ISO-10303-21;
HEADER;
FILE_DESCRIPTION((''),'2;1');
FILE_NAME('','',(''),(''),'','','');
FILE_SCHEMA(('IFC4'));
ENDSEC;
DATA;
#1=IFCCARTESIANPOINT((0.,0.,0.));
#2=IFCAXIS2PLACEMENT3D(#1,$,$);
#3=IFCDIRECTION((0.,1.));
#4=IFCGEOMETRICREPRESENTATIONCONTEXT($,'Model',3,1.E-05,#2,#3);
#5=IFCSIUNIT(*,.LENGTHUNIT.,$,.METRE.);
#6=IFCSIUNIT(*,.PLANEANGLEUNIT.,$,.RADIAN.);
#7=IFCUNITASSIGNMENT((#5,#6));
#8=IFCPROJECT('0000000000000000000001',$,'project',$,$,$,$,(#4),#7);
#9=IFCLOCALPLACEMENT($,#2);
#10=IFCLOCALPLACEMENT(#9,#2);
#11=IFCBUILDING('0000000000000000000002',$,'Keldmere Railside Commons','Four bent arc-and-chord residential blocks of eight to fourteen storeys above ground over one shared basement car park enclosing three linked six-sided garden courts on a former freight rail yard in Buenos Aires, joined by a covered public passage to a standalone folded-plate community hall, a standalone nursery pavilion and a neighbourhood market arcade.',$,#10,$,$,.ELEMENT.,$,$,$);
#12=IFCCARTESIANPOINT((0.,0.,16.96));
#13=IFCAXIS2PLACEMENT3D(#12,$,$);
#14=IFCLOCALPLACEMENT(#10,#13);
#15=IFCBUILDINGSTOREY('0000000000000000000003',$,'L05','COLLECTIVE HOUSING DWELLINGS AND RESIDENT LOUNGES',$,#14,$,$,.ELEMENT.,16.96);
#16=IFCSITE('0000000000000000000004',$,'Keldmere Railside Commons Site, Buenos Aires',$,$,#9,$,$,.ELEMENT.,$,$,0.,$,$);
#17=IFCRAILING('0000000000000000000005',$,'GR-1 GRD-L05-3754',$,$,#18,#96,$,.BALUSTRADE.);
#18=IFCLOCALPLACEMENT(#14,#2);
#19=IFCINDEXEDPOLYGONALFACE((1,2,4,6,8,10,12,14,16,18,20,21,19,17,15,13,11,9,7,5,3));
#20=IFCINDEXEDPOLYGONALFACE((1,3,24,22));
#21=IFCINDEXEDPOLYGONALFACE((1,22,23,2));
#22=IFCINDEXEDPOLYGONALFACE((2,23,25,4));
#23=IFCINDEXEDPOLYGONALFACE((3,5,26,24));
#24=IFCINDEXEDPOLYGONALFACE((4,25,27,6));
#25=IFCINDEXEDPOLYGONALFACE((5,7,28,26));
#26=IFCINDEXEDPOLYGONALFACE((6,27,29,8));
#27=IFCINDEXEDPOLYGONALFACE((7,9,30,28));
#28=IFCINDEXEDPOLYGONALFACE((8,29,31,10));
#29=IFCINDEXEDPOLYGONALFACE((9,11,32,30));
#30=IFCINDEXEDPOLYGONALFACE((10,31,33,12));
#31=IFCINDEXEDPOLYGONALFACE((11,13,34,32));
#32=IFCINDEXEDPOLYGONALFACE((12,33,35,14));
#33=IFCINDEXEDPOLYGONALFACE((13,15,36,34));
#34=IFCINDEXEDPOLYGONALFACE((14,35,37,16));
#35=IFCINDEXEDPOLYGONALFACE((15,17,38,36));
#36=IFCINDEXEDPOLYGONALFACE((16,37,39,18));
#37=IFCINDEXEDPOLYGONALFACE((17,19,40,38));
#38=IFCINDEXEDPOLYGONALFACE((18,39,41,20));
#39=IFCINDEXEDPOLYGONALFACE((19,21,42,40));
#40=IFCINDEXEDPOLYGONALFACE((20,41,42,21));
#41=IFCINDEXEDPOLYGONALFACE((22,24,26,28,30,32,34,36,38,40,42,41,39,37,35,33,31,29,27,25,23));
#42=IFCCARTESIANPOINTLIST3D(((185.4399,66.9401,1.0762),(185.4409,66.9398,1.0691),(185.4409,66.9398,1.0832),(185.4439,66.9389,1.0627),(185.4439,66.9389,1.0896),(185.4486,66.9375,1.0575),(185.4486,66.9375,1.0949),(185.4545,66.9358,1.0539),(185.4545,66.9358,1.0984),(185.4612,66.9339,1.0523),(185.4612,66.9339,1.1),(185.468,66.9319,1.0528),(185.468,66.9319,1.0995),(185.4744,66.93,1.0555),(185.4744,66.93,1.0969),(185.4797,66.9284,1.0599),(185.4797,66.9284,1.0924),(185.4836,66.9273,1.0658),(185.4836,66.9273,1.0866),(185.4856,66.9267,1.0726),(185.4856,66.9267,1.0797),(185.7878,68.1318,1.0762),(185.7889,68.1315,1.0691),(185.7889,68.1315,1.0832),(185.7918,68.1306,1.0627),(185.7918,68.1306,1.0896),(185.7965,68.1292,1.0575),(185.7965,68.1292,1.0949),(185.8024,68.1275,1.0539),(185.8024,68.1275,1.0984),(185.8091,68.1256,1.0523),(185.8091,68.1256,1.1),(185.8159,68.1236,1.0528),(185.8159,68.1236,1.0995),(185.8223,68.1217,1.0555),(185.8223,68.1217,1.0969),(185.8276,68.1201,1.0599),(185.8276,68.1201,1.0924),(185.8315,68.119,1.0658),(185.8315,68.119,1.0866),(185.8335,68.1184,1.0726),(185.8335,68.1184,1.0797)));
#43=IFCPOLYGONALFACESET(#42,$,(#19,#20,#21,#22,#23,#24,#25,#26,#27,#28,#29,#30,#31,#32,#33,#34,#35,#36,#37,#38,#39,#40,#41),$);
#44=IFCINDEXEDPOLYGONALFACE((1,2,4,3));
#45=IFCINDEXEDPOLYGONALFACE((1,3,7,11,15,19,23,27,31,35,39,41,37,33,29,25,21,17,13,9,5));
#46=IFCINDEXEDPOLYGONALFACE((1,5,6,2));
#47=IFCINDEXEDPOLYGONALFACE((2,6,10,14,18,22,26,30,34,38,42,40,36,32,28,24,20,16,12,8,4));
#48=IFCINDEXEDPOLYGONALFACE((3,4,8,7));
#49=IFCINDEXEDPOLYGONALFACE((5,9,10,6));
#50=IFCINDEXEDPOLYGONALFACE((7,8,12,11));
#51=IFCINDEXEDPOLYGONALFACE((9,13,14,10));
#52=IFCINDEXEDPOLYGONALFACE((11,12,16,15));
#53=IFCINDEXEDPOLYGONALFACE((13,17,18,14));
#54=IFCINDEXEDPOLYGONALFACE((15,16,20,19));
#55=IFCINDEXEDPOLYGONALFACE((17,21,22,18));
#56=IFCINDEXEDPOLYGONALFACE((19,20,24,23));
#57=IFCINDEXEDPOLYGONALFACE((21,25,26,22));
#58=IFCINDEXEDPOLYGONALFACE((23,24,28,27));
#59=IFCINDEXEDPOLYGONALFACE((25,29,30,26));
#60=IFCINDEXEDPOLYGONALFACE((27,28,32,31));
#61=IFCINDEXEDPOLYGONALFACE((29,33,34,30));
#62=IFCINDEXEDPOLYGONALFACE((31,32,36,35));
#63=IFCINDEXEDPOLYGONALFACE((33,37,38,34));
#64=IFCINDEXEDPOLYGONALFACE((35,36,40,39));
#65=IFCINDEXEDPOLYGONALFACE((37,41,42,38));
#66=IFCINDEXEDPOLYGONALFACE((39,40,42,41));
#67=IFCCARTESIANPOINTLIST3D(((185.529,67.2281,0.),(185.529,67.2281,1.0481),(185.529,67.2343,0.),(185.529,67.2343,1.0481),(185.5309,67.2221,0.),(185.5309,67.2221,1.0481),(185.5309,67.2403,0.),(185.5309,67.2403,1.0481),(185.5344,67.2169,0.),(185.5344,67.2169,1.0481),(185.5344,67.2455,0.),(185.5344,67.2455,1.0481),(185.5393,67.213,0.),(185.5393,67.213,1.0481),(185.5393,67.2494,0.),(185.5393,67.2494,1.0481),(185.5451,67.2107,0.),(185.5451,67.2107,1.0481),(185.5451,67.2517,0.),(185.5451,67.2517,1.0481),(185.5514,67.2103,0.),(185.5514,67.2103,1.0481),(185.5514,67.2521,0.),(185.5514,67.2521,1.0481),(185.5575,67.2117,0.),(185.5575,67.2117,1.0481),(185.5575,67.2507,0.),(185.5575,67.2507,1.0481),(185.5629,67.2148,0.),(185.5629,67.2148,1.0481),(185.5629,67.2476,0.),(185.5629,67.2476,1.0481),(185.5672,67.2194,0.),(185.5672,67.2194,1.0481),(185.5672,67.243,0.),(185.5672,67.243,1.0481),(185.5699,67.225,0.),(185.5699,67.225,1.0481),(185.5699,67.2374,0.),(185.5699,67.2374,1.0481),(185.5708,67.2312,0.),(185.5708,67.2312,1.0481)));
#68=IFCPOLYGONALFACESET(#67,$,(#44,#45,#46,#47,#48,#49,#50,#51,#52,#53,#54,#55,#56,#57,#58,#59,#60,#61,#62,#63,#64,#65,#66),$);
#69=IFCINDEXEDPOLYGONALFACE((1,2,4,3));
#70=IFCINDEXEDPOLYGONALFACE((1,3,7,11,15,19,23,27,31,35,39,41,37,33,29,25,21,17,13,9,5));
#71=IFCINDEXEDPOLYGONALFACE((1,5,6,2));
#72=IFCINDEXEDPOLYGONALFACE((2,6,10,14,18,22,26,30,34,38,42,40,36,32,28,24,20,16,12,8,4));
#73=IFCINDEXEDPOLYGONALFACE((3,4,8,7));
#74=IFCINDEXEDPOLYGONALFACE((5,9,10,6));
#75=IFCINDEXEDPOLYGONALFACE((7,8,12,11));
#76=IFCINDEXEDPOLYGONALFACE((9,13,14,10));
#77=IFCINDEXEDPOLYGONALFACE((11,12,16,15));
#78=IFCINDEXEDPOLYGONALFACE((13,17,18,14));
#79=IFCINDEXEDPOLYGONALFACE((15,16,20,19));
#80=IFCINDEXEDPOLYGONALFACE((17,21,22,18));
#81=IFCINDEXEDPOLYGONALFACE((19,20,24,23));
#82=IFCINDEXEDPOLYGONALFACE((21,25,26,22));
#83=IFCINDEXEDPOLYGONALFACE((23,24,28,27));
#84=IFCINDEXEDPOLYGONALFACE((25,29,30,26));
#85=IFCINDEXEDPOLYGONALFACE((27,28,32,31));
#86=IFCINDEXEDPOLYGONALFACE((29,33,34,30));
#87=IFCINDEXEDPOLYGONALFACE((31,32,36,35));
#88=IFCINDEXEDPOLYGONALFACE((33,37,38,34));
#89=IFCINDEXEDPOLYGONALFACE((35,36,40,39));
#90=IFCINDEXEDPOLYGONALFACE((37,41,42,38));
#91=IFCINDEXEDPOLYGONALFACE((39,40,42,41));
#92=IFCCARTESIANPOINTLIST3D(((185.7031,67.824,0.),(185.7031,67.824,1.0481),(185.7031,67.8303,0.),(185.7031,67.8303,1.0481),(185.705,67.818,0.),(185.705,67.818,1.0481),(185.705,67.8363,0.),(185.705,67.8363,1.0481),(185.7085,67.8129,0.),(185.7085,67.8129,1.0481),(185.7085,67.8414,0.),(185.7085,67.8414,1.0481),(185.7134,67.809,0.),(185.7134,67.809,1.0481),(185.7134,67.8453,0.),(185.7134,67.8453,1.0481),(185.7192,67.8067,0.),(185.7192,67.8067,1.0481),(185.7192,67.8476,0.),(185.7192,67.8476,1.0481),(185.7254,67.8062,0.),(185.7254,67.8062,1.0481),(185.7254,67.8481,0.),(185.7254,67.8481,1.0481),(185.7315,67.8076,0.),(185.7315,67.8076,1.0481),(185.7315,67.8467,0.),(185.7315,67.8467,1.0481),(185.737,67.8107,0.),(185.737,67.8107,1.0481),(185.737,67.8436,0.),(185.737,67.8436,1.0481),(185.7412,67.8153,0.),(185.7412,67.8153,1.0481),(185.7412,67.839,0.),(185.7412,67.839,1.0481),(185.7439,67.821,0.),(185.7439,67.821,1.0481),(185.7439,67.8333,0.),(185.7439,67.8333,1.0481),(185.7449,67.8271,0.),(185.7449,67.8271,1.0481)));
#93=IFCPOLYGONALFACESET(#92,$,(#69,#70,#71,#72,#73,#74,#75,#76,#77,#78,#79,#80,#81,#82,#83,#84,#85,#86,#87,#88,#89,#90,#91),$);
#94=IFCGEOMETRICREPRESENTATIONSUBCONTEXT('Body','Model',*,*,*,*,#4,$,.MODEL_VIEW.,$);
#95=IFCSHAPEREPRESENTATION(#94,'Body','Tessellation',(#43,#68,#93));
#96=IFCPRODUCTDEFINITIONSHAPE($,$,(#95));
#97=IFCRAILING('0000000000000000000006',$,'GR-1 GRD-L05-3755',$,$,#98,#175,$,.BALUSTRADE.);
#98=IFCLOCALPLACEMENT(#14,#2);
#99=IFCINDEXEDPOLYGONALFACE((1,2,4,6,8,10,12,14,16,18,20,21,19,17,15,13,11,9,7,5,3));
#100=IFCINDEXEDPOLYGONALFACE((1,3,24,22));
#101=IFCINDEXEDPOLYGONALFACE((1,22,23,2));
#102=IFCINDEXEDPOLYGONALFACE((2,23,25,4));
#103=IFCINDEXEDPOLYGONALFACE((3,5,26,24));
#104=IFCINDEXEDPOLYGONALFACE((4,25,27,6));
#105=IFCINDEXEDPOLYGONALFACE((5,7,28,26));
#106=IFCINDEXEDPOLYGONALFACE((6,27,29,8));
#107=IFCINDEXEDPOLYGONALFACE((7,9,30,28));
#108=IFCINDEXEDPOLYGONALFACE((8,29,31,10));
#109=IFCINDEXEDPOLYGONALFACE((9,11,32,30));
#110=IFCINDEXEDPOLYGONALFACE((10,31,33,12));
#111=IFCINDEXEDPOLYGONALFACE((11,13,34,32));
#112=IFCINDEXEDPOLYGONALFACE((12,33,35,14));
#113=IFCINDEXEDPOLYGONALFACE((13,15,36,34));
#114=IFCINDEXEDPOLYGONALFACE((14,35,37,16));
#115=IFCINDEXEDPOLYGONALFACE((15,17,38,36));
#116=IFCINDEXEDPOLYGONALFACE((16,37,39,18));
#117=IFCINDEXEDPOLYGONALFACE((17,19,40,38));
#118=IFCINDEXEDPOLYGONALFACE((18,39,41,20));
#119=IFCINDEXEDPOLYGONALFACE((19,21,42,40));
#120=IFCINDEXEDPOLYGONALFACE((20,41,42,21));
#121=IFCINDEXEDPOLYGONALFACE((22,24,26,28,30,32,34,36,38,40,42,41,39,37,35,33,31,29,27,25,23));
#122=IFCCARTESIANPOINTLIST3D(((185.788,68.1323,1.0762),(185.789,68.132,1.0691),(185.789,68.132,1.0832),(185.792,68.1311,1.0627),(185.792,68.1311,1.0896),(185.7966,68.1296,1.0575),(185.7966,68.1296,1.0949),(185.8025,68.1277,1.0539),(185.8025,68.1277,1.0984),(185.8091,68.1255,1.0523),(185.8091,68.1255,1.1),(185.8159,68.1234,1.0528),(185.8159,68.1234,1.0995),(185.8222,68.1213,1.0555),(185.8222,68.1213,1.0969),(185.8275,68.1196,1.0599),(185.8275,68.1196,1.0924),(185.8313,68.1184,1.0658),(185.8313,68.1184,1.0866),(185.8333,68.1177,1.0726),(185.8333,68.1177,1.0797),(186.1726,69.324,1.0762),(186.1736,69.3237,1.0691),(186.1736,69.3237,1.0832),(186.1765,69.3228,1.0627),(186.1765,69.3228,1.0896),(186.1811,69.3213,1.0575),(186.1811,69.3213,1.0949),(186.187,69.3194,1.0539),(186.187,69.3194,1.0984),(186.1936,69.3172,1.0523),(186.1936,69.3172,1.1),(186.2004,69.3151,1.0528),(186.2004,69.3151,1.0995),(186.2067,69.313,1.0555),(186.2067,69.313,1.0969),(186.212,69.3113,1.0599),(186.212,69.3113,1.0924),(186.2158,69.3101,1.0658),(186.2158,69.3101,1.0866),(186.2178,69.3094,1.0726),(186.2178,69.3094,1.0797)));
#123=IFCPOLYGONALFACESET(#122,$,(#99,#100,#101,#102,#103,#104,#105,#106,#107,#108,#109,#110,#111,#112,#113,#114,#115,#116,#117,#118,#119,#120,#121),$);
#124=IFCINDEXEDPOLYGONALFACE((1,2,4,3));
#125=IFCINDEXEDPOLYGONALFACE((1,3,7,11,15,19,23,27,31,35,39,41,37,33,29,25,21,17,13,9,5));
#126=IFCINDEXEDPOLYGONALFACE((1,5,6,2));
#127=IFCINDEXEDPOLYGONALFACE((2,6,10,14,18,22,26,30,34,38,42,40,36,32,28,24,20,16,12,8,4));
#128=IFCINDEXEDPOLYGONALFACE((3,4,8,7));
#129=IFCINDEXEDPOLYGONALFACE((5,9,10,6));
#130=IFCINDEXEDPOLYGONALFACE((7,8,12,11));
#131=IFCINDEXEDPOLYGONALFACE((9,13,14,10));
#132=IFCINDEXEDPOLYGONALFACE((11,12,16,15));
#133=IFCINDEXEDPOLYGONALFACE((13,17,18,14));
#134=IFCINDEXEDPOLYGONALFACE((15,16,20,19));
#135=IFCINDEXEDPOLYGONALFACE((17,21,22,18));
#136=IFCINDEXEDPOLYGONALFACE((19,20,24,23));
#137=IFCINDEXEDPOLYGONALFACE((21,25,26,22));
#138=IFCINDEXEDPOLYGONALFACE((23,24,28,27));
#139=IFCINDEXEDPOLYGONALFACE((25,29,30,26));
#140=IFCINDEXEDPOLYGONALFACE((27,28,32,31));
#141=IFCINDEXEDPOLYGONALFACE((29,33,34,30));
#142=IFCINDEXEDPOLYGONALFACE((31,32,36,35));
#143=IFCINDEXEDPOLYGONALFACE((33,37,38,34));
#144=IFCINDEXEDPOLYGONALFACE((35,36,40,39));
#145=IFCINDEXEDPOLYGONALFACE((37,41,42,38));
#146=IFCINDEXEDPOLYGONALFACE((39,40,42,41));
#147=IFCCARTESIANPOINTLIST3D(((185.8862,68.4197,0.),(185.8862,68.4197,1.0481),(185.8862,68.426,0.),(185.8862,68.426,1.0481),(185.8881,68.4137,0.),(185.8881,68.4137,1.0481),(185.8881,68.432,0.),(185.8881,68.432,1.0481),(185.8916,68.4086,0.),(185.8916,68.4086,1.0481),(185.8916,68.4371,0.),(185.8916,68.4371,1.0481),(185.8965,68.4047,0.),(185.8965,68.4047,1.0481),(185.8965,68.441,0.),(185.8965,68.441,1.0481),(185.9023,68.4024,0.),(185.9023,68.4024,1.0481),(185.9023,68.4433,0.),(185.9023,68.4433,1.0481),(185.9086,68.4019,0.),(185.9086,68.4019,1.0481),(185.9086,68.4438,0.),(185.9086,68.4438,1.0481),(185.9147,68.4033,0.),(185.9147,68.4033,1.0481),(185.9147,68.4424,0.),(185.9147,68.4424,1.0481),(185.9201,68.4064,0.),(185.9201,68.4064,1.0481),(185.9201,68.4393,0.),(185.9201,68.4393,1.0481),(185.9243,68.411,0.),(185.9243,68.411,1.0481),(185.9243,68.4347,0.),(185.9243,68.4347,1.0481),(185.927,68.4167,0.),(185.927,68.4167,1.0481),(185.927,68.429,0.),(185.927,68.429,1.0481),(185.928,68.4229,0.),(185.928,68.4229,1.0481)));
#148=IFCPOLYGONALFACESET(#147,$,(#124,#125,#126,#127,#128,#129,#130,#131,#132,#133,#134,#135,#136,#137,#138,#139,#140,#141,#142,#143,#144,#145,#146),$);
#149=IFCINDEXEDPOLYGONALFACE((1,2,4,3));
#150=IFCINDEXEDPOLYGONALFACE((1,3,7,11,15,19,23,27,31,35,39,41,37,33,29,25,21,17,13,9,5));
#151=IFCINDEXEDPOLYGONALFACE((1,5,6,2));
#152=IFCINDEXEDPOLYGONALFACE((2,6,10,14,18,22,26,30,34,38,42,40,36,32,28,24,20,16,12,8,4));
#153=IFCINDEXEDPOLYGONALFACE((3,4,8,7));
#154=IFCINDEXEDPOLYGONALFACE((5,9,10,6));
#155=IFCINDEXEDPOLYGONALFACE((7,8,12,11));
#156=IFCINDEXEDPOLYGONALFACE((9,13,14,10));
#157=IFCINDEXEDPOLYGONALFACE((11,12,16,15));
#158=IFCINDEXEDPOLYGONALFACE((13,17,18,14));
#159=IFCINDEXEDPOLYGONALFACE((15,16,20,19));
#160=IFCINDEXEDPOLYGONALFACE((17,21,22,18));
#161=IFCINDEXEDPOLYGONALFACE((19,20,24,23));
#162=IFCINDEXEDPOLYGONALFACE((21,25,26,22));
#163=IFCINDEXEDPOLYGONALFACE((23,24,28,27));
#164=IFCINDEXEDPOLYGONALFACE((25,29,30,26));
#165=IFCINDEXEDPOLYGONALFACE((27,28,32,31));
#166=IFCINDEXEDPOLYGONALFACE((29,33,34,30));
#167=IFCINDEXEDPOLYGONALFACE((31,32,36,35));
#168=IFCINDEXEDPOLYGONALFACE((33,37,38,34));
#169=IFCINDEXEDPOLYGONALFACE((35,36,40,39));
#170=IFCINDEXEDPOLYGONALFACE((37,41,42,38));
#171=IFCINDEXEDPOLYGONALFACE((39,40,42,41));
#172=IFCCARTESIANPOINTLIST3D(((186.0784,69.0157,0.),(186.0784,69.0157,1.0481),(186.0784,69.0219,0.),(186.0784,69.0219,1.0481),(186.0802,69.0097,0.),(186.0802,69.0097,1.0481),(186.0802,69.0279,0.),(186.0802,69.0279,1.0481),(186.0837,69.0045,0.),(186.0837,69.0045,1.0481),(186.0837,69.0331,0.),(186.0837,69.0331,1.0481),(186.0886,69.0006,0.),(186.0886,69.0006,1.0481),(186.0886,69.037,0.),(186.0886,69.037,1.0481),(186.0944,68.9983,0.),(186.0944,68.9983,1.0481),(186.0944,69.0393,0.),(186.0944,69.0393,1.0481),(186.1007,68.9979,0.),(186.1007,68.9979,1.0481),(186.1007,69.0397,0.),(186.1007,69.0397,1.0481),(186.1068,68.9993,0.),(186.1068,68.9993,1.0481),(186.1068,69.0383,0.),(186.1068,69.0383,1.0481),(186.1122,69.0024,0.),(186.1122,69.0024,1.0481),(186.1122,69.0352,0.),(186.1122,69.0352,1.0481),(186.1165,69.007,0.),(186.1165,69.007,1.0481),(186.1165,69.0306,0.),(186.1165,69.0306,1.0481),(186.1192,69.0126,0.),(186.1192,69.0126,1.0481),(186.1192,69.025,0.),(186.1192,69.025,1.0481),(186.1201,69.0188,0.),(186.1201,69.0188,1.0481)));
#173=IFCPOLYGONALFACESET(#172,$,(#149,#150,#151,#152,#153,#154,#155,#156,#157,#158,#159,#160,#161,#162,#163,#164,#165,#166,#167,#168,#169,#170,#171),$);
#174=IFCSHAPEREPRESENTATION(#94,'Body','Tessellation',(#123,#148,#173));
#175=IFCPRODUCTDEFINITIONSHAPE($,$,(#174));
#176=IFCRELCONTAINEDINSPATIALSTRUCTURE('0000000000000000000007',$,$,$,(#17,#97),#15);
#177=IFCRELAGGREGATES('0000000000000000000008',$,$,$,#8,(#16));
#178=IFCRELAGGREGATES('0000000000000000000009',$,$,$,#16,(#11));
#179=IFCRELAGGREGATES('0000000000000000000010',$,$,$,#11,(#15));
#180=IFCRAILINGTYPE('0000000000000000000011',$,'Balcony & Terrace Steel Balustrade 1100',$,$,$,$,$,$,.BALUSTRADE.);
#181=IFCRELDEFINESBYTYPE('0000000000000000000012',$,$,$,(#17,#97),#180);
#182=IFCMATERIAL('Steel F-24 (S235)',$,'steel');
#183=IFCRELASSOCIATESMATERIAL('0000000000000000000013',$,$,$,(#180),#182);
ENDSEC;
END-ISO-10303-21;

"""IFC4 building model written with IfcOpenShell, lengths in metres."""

from ifc_helpers import new_model, si_unit, direction, frame, origin, origin_2d, place, context, subcontext, project, spatial, circle, extrude, material, type_object, element, save


model = new_model("IFC4")

# Units and contexts
model_context = context("Model", 3, precision=1e-05, world=origin(), true_north=direction((0.0, 1.0)))
body_context = subcontext(model_context, "Body", "Model", "MODEL_VIEW")
ifc_project = project(units=[si_unit("LENGTHUNIT", "METRE"), si_unit("PLANEANGLEUNIT", "RADIAN")], contexts=[model_context])

# Site, building, storey
site_placement = place(None, origin())
site = spatial("IfcSite", under=ifc_project, at=site_placement, Name="Keldmere Railside Commons Site, Buenos Aires", CompositionType="ELEMENT", RefElevation=0.0)
building_placement = place(site_placement, origin())
building = spatial("IfcBuilding", under=site, at=building_placement, Name="Keldmere Railside Commons", Description="Four bent arc-and-chord residential blocks of eight to fourteen storeys above ground over one shared basement car park enclosing three linked six-sided garden courts on a former freight rail yard in Buenos Aires, joined by a covered public passage to a standalone folded-plate community hall, a standalone nursery pavilion and a neighbourhood market arcade.", CompositionType="ELEMENT")
storey_placement = place(building_placement, frame((0.0, 0.0, 16.96)))
storey = spatial("IfcBuildingStorey", under=building, at=storey_placement, Name="L05", Description="COLLECTIVE HOUSING DWELLINGS AND RESIDENT LOUNGES", CompositionType="ELEMENT", Elevation=16.96)

# Shared definitions
ifc_material_1 = material(Name="Steel F-24 (S235)", Category="steel")

# Railings
railing_type_1 = type_object("IfcRailingType", Name="Balcony & Terrace Steel Balustrade 1100", PredefinedType="BALUSTRADE", material=ifc_material_1)
railing_1_placement = place(storey_placement, frame((185.4629, 66.9333, 0.0)))
element("IfcRailing", 1, at=railing_1_placement, inside=storey, type_object=railing_type_1, Name="GR-1 GRD-L05-3754", PredefinedType="BALUSTRADE", context=body_context, shape_type="SweptSolid", body=[
    extrude(circle(Radius=0.0239, at=origin_2d()), frame((0.0, 0.0, 1.0762), z_axis=(0.280249, 0.959927, 0.0), x_axis=(-0.959927, 0.280249, 0.0)), (0.0, 0.0, 1.0), 1.2415),
    extrude(circle(Radius=0.021, at=origin_2d()), frame((0.0869, 0.2979, 0.0)), (0.0, 0.0, 1.0), 1.0481),
    extrude(circle(Radius=0.021, at=origin_2d()), frame((0.261, 0.8938, 0.0)), (0.0, 0.0, 1.0), 1.0481),
])
railing_2_placement = place(storey_placement, frame((185.8108, 68.125, 0.0)))
element("IfcRailing", 2, at=railing_2_placement, inside=storey, type_object=railing_type_1, Name="GR-1 GRD-L05-3755", PredefinedType="BALUSTRADE", context=body_context, shape_type="SweptSolid", body=[
    extrude(circle(Radius=0.0239, at=origin_2d()), frame((0.0, 0.0, 1.0762), z_axis=(0.307088, 0.951681, 0.0), x_axis=(-0.951681, 0.307088, 0.0)), (0.0, 0.0, 1.0), 1.2522),
    extrude(circle(Radius=0.021, at=origin_2d()), frame((0.0962, 0.2979, 0.0)), (0.0, 0.0, 1.0), 1.0481),
    extrude(circle(Radius=0.021, at=origin_2d()), frame((0.2883, 0.8938, 0.0)), (0.0, 0.0, 1.0), 1.0481),
])

save(model, "model.ifc")
